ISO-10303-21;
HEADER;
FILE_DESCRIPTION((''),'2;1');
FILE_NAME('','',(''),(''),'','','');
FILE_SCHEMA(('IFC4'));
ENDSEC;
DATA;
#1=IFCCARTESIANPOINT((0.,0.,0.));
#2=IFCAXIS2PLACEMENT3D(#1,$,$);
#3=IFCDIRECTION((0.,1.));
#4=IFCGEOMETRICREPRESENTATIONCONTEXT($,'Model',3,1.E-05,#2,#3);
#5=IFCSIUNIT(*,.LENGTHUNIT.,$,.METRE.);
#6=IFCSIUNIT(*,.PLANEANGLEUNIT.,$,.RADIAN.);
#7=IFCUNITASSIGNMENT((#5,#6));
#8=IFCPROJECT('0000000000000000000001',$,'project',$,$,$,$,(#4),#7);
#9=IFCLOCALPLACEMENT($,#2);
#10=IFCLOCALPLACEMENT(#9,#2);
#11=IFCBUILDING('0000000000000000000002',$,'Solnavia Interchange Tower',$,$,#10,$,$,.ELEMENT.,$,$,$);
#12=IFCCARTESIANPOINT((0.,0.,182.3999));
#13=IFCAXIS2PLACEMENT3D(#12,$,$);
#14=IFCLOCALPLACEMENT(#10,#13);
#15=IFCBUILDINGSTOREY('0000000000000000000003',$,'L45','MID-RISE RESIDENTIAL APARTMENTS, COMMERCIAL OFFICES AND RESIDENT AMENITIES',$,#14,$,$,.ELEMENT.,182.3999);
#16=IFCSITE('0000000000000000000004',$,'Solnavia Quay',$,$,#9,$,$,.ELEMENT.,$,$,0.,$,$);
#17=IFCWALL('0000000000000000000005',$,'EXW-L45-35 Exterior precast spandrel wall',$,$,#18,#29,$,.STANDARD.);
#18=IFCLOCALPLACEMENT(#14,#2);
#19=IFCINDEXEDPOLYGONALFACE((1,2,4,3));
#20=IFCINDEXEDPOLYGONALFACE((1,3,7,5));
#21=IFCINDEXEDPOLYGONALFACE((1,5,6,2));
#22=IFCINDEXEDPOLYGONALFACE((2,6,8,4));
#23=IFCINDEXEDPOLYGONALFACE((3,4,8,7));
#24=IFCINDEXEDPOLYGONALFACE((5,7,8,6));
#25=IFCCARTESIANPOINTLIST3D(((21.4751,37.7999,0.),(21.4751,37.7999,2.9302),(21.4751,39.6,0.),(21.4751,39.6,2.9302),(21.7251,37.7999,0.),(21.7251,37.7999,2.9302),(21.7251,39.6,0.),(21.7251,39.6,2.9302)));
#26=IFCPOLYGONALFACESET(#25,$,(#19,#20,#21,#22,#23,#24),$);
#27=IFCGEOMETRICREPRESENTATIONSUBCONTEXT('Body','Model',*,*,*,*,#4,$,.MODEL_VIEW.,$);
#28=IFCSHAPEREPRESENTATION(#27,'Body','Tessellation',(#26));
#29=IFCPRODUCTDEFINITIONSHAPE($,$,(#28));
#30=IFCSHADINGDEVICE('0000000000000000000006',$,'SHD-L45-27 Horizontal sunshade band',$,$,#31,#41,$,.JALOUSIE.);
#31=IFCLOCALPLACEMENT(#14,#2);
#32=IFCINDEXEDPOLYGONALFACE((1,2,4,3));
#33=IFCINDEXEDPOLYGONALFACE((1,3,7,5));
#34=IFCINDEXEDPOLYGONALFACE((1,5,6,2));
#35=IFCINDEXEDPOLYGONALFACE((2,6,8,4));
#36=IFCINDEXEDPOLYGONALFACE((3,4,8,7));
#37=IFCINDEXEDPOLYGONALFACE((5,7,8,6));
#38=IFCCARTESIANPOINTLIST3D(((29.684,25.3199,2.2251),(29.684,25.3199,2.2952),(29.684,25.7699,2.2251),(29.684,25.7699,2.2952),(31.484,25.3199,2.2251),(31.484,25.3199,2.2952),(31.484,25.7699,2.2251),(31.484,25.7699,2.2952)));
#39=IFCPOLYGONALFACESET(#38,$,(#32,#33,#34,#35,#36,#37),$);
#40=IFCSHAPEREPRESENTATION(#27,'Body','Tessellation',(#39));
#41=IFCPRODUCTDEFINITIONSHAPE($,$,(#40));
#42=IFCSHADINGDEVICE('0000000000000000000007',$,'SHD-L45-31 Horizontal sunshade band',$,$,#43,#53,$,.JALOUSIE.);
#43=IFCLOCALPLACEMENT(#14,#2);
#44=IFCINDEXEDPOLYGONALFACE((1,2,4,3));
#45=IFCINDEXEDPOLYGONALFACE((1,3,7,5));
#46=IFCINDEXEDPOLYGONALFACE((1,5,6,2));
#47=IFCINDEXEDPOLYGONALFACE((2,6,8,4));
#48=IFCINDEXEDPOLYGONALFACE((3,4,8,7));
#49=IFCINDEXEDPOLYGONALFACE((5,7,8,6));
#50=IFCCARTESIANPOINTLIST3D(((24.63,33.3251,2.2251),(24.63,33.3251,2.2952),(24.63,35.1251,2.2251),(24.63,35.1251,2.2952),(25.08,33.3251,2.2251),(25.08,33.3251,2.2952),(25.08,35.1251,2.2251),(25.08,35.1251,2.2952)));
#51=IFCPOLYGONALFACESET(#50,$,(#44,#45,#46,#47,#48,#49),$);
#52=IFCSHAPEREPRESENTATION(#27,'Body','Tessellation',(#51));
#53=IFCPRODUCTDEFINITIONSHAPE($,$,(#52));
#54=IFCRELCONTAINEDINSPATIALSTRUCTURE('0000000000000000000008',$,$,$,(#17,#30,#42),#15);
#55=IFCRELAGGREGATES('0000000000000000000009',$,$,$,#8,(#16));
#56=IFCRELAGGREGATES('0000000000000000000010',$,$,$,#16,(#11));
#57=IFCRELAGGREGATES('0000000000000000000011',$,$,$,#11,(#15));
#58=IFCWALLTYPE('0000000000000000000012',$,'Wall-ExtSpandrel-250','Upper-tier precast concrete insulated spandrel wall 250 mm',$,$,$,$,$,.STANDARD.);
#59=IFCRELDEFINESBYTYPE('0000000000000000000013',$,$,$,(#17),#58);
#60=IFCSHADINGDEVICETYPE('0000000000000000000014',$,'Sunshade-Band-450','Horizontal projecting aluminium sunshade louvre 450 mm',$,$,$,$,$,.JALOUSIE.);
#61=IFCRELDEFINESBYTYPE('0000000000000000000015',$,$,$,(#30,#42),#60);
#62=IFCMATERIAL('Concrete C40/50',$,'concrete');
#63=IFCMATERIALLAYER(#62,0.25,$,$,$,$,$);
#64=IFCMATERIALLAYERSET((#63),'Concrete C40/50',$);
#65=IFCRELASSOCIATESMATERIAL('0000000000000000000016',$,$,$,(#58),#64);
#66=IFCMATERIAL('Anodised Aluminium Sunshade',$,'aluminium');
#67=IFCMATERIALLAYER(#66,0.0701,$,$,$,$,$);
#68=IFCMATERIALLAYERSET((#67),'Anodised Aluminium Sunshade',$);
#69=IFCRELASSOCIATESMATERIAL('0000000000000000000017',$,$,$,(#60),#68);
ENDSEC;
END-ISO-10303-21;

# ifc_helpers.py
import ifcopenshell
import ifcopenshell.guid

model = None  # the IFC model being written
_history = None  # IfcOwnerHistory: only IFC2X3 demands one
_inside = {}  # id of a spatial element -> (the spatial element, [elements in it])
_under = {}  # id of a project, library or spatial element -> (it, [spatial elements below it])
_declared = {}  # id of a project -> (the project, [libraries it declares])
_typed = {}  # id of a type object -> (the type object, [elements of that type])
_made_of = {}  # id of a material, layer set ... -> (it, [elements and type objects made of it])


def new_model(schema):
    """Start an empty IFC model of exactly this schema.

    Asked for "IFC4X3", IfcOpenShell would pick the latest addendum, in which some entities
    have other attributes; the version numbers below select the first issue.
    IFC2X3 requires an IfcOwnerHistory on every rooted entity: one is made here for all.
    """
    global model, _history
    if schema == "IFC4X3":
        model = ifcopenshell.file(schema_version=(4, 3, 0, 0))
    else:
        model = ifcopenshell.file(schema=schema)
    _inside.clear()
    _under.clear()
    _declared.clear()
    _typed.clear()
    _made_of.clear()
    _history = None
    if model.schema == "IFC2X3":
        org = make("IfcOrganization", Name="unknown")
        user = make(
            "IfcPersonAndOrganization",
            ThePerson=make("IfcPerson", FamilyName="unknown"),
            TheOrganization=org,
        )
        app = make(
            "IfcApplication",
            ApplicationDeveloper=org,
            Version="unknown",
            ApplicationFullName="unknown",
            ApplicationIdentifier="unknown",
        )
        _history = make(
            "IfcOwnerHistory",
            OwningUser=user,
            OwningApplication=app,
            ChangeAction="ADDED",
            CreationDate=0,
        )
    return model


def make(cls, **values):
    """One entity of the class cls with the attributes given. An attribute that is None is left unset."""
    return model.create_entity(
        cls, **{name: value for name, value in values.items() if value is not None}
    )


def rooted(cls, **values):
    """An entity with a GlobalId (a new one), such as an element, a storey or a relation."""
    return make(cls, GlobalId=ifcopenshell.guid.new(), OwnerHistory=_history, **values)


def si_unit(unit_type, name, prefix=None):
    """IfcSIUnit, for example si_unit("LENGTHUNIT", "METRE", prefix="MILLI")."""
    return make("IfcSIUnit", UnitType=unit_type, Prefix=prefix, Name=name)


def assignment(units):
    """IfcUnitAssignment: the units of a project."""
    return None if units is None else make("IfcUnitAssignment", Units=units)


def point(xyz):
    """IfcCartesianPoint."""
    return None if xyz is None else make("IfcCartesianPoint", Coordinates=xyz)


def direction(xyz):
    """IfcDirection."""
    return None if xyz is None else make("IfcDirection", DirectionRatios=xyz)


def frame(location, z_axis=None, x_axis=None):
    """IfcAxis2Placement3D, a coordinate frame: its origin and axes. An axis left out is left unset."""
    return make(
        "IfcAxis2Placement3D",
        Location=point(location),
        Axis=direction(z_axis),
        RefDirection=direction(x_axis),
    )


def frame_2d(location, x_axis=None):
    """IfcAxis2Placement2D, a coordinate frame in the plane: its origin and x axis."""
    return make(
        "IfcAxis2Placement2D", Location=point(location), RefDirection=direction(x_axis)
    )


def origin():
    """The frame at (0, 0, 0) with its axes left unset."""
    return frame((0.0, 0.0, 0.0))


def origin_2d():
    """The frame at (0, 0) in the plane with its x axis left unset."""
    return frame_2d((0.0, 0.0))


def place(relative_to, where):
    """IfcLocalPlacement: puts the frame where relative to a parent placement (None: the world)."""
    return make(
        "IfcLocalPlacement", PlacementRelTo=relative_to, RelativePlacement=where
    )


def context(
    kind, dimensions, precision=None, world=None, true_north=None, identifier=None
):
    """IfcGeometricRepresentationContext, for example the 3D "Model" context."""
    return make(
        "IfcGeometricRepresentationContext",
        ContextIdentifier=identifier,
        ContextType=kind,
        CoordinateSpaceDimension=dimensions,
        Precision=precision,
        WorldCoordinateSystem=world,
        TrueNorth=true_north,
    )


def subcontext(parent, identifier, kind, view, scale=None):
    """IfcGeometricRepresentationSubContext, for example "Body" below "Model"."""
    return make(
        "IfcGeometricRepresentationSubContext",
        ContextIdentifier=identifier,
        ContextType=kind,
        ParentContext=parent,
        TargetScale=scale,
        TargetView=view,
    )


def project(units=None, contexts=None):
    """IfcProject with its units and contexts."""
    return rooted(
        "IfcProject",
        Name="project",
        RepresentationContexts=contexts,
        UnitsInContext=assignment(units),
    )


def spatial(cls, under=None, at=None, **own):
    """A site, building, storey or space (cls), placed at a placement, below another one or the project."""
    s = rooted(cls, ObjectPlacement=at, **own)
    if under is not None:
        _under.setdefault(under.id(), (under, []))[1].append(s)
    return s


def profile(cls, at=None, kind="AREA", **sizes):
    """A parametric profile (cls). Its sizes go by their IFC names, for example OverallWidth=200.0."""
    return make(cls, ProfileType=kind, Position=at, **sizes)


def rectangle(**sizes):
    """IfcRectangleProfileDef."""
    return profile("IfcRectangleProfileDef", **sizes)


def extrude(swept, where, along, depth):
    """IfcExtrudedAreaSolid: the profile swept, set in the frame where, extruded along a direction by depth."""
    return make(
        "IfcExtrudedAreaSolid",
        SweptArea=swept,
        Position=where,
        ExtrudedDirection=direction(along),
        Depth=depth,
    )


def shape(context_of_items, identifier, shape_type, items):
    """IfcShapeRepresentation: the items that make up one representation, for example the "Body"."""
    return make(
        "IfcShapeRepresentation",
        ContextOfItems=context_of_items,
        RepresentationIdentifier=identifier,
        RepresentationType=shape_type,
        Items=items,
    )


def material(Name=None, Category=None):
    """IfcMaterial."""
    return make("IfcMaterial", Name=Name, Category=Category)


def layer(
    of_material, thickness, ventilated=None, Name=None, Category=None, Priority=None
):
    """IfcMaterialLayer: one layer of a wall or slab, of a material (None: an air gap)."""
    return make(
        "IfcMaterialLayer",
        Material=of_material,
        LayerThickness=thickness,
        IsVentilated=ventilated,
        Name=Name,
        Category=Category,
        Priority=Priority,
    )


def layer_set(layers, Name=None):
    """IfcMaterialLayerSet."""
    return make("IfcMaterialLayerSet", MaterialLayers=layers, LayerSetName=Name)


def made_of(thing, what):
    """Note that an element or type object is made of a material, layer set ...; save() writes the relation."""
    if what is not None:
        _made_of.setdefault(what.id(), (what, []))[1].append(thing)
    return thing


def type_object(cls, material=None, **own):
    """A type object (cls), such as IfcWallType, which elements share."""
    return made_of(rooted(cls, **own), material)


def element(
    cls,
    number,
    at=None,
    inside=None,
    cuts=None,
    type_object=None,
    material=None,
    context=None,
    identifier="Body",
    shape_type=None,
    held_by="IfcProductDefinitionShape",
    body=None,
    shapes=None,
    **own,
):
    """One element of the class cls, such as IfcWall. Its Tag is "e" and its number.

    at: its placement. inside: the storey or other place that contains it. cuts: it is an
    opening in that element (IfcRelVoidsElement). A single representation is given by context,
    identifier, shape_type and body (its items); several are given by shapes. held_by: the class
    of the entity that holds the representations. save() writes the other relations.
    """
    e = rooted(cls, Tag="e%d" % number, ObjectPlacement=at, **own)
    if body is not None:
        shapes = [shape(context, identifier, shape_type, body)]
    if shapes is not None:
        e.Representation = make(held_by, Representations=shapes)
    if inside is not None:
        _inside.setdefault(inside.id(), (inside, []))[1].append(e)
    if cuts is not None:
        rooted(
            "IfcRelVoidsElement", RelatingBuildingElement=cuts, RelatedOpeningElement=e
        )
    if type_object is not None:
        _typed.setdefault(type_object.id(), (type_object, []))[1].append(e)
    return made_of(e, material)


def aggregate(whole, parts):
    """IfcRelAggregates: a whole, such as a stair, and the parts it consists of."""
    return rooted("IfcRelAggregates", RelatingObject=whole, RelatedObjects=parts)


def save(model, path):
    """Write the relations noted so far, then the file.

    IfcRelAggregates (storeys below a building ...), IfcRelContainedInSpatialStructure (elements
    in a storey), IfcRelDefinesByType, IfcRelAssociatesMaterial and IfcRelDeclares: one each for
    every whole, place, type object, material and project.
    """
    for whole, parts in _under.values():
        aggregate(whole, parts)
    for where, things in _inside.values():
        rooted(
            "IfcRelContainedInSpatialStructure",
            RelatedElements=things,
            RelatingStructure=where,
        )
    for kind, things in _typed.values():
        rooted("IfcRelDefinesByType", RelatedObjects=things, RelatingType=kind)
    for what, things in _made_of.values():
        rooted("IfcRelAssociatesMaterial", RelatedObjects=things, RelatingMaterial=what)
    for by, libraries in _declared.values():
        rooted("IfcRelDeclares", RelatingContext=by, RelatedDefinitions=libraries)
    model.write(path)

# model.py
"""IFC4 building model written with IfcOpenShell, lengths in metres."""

from ifc_helpers import new_model, si_unit, direction, frame, frame_2d, origin, origin_2d, place, context, subcontext, project, spatial, rectangle, extrude, material, layer, layer_set, type_object, element, save


model = new_model("IFC4")

# Units and contexts
model_context = context("Model", 3, precision=1e-05, world=origin(), true_north=direction((0.0, 1.0)))
body_context = subcontext(model_context, "Body", "Model", "MODEL_VIEW")
ifc_project = project(units=[si_unit("LENGTHUNIT", "METRE"), si_unit("PLANEANGLEUNIT", "RADIAN")], contexts=[model_context])

# Site, building, storey
site_placement = place(None, origin())
site = spatial("IfcSite", under=ifc_project, at=site_placement, Name="Solnavia Quay", CompositionType="ELEMENT", RefElevation=0.0)
building_placement = place(site_placement, origin())
building = spatial("IfcBuilding", under=site, at=building_placement, Name="Solnavia Interchange Tower", CompositionType="ELEMENT")
storey_placement = place(building_placement, frame((0.0, 0.0, 182.3999)))
storey = spatial("IfcBuildingStorey", under=building, at=storey_placement, Name="L45", Description="MID-RISE RESIDENTIAL APARTMENTS, COMMERCIAL OFFICES AND RESIDENT AMENITIES", CompositionType="ELEMENT", Elevation=182.3999)

# Shared definitions
ifc_material_1 = material(Name="Concrete C40/50", Category="concrete")
ifc_layer_1 = layer(ifc_material_1, 0.25)
ifc_layer_set_1 = layer_set([ifc_layer_1], Name="Concrete C40/50")
wall_type = type_object("IfcWallType", Name="Wall-ExtSpandrel-250", Description="Upper-tier precast concrete insulated spandrel wall 250 mm", PredefinedType="STANDARD", material=ifc_layer_set_1)

# Wall
wall_1_placement = place(storey_placement, frame((21.6001, 37.8, 0.0), z_axis=(0.0, 0.0, 1.0), x_axis=(0.0, 1.0, 0.0)))
element("IfcWall", 1, at=wall_1_placement, inside=storey, type_object=wall_type, Name="EXW-L45-35 Exterior precast spandrel wall", PredefinedType="STANDARD", context=body_context, shape_type="SweptSolid", body=[
    extrude(rectangle(XDim=1.8, YDim=0.25, at=frame_2d((0.8999, 0.0))), origin(), (0.0, 0.0, 1.0), 2.9302),
])

# Shading devices
ifc_material_2 = material(Name="Anodised Aluminium Sunshade", Category="aluminium")
ifc_layer_2 = layer(ifc_material_2, 0.0701)
ifc_layer_set_2 = layer_set([ifc_layer_2], Name="Anodised Aluminium Sunshade")
shading_device_type = type_object("IfcShadingDeviceType", Name="Sunshade-Band-450", Description="Horizontal projecting aluminium sunshade louvre 450 mm", PredefinedType="JALOUSIE", material=ifc_layer_set_2)
for number, where, z_axis, x_axis, name in (
    (2, (30.584, 25.5449, 2.2251), (0.0, 0.0, 1.0), (1.0, 0.0, 0.0), "SHD-L45-27 Horizontal sunshade band"),
    (3, (24.855, 34.2251, 2.2251), (0.0, 0.0, 1.0), (0.0, 1.0, 0.0), "SHD-L45-31 Horizontal sunshade band"),
):
    element("IfcShadingDevice", number, at=place(storey_placement, frame(where, z_axis=z_axis, x_axis=x_axis)), inside=storey, type_object=shading_device_type, Name=name, PredefinedType="JALOUSIE", context=body_context, shape_type="SweptSolid", body=[
        extrude(rectangle(XDim=1.8, YDim=0.45, at=origin_2d()), origin(), (0.0, 0.0, 1.0), 0.0701),
    ])

save(model, "model.ifc")
